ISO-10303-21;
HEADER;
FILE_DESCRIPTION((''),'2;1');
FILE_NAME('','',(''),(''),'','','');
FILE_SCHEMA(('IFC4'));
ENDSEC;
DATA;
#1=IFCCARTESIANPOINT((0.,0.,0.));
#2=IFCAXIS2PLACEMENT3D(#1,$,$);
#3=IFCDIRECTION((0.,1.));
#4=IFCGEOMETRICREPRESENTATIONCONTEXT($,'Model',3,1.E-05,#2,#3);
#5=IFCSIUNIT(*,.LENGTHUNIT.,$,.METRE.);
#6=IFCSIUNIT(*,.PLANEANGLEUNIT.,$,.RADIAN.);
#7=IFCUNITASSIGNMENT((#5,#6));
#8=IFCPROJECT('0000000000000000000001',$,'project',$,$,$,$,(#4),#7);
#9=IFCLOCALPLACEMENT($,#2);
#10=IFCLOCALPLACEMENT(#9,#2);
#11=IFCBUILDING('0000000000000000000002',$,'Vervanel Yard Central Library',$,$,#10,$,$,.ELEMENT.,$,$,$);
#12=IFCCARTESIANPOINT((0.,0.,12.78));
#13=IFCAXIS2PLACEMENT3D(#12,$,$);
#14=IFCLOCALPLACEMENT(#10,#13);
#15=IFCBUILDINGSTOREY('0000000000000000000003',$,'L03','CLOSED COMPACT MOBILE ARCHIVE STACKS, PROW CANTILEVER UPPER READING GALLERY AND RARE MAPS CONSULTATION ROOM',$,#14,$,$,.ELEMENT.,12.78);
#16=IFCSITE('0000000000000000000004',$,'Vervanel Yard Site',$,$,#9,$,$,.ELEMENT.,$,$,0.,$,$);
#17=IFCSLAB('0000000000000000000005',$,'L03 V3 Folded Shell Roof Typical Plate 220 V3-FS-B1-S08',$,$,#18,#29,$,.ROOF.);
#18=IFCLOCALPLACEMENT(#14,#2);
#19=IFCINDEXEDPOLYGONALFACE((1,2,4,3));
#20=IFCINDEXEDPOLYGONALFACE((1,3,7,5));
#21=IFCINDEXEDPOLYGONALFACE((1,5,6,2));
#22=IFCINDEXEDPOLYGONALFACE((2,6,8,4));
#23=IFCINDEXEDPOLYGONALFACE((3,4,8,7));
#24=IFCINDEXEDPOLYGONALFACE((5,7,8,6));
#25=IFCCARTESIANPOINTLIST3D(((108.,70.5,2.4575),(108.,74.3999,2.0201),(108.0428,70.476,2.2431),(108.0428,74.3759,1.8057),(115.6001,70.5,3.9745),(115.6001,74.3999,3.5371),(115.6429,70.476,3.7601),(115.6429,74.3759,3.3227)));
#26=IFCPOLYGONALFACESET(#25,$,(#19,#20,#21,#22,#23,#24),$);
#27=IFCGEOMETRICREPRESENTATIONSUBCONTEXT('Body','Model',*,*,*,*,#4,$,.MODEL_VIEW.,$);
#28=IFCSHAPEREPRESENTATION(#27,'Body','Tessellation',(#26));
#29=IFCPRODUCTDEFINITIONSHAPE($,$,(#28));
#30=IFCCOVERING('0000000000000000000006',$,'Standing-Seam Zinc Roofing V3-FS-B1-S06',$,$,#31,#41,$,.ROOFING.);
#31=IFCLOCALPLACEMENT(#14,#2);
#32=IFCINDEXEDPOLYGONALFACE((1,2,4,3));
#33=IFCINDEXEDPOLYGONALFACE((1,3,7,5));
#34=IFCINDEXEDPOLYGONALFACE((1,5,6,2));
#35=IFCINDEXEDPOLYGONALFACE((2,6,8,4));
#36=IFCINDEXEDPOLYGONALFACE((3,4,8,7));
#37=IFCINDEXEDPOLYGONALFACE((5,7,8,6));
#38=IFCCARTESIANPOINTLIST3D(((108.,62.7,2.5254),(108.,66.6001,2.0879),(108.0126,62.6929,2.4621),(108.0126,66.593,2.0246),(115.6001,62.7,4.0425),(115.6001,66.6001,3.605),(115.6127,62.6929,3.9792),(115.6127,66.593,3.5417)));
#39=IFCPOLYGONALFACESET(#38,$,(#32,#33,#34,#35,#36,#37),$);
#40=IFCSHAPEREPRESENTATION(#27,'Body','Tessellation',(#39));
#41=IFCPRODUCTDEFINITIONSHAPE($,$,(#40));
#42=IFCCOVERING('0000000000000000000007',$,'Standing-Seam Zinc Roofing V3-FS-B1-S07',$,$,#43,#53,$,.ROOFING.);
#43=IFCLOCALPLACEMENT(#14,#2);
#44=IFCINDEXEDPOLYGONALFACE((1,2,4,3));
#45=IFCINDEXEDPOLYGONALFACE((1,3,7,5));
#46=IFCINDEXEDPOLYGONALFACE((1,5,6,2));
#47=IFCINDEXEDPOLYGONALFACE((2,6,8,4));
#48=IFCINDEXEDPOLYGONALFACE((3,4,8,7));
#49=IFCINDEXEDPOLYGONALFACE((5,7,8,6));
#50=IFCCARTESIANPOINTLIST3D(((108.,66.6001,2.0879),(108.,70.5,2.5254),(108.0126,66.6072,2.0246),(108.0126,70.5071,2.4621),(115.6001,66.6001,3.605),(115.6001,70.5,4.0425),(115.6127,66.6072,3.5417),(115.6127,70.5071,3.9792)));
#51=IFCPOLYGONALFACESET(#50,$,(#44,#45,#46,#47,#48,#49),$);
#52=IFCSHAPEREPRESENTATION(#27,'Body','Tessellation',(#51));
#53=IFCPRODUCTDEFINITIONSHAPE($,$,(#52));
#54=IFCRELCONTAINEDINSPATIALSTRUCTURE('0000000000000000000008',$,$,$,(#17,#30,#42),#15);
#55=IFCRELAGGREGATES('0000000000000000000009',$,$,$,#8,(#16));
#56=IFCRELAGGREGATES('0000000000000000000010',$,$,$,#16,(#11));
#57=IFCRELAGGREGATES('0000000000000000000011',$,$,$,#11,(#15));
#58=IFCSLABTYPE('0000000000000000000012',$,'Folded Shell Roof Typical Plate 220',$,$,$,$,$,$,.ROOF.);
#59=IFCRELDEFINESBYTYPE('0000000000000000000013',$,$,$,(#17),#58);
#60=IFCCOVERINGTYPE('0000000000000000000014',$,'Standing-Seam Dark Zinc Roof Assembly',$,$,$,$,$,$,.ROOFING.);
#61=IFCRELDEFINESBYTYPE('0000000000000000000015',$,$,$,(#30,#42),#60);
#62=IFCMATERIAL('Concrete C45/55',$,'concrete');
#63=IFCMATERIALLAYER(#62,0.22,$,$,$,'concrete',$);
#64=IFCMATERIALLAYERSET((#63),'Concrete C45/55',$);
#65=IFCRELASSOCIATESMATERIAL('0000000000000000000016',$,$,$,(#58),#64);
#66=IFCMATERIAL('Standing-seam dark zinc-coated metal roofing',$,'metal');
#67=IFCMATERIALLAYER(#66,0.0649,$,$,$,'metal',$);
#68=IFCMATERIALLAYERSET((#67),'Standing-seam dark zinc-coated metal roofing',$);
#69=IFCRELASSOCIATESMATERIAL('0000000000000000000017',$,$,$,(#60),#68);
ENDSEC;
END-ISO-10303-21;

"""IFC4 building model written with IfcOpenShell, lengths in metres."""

from ifc_helpers import new_model, si_unit, direction, frame, origin, place, context, subcontext, project, spatial, polyline, outline, extrude, material, layer, layer_set, type_object, element, save


model = new_model("IFC4")

# Units and contexts
model_context = context("Model", 3, precision=1e-05, world=origin(), true_north=direction((0.0, 1.0)))
body_context = subcontext(model_context, "Body", "Model", "MODEL_VIEW")
ifc_project = project(units=[si_unit("LENGTHUNIT", "METRE"), si_unit("PLANEANGLEUNIT", "RADIAN")], contexts=[model_context])

# Site, building, storey
site_placement = place(None, origin())
site = spatial("IfcSite", under=ifc_project, at=site_placement, Name="Vervanel Yard Site", CompositionType="ELEMENT", RefElevation=0.0)
building_placement = place(site_placement, origin())
building = spatial("IfcBuilding", under=site, at=building_placement, Name="Vervanel Yard Central Library", CompositionType="ELEMENT")
storey_placement = place(building_placement, frame((0.0, 0.0, 12.78)))
storey = spatial("IfcBuildingStorey", under=building, at=storey_placement, Name="L03", Description="CLOSED COMPACT MOBILE ARCHIVE STACKS, PROW CANTILEVER UPPER READING GALLERY AND RARE MAPS CONSULTATION ROOM", CompositionType="ELEMENT", Elevation=12.78)

# Shared definitions
ifc_material_1 = material(Name="Concrete C45/55", Category="concrete")

# Slab
ifc_layer_1 = layer(ifc_material_1, 0.22, Category="concrete")
ifc_layer_set_1 = layer_set([ifc_layer_1], Name="Concrete C45/55")
slab_type = type_object("IfcSlabType", Name="Folded Shell Roof Typical Plate 220", PredefinedType="ROOF", material=ifc_layer_set_1)
slab_1_placement = place(storey_placement, frame((108.0, 70.5, 2.4575), z_axis=(-0.194564, 0.109322, 0.974779), x_axis=(0.980656, 0.000002, 0.195737)))
element("IfcSlab", 1, at=slab_1_placement, inside=storey, type_object=slab_type, Name="L03 V3 Folded Shell Roof Typical Plate 220 V3-FS-B1-S08", PredefinedType="ROOF", context=body_context, shape_type="SweptSolid", body=[
    extrude(outline(polyline([(0.0, 0.0), (7.75, 0.0), (7.6644, 3.9234), (-0.0856, 3.9234), (0.0, 0.0)])), origin(), (0.0, 0.0, -1.0), 0.22),
])

# Coverings
ifc_material_2 = material(Name="Standing-seam dark zinc-coated metal roofing", Category="metal")
ifc_layer_2 = layer(ifc_material_2, 0.0649, Category="metal")
ifc_layer_set_2 = layer_set([ifc_layer_2], Name="Standing-seam dark zinc-coated metal roofing")
covering_type = type_object("IfcCoveringType", Name="Standing-Seam Dark Zinc Roof Assembly", PredefinedType="ROOFING", material=ifc_layer_set_2)
covering_1_placement = place(storey_placement, frame((108.0, 62.7, 2.5254), z_axis=(-0.194579, 0.109345, 0.974773), x_axis=(0.980653, 0.0, 0.195753)))
element("IfcCovering", 2, at=covering_1_placement, inside=storey, type_object=covering_type, Name="Standing-Seam Zinc Roofing V3-FS-B1-S06", PredefinedType="ROOFING", context=body_context, shape_type="SweptSolid", body=[
    extrude(outline(polyline([(0.0, 0.0), (7.75, 0.0), (7.6644, 3.9237), (-0.0856, 3.9237), (0.0, 0.0)])), origin(), (0.0, 0.0, -1.0), 0.0649),
])
covering_2_placement = place(storey_placement, frame((108.0, 66.6001, 2.0879), z_axis=(-0.194579, -0.109352, 0.974772), x_axis=(0.980653, 0.0, 0.195753)))
element("IfcCovering", 3, at=covering_2_placement, inside=storey, type_object=covering_type, Name="Standing-Seam Zinc Roofing V3-FS-B1-S07", PredefinedType="ROOFING", context=body_context, shape_type="SweptSolid", body=[
    extrude(outline(polyline([(0.0, 0.0), (7.75, 0.0), (7.8357, 3.9234), (0.0856, 3.9234), (0.0, 0.0)])), origin(), (0.0, 0.0, -1.0), 0.0649),
])

save(model, "model.ifc")
